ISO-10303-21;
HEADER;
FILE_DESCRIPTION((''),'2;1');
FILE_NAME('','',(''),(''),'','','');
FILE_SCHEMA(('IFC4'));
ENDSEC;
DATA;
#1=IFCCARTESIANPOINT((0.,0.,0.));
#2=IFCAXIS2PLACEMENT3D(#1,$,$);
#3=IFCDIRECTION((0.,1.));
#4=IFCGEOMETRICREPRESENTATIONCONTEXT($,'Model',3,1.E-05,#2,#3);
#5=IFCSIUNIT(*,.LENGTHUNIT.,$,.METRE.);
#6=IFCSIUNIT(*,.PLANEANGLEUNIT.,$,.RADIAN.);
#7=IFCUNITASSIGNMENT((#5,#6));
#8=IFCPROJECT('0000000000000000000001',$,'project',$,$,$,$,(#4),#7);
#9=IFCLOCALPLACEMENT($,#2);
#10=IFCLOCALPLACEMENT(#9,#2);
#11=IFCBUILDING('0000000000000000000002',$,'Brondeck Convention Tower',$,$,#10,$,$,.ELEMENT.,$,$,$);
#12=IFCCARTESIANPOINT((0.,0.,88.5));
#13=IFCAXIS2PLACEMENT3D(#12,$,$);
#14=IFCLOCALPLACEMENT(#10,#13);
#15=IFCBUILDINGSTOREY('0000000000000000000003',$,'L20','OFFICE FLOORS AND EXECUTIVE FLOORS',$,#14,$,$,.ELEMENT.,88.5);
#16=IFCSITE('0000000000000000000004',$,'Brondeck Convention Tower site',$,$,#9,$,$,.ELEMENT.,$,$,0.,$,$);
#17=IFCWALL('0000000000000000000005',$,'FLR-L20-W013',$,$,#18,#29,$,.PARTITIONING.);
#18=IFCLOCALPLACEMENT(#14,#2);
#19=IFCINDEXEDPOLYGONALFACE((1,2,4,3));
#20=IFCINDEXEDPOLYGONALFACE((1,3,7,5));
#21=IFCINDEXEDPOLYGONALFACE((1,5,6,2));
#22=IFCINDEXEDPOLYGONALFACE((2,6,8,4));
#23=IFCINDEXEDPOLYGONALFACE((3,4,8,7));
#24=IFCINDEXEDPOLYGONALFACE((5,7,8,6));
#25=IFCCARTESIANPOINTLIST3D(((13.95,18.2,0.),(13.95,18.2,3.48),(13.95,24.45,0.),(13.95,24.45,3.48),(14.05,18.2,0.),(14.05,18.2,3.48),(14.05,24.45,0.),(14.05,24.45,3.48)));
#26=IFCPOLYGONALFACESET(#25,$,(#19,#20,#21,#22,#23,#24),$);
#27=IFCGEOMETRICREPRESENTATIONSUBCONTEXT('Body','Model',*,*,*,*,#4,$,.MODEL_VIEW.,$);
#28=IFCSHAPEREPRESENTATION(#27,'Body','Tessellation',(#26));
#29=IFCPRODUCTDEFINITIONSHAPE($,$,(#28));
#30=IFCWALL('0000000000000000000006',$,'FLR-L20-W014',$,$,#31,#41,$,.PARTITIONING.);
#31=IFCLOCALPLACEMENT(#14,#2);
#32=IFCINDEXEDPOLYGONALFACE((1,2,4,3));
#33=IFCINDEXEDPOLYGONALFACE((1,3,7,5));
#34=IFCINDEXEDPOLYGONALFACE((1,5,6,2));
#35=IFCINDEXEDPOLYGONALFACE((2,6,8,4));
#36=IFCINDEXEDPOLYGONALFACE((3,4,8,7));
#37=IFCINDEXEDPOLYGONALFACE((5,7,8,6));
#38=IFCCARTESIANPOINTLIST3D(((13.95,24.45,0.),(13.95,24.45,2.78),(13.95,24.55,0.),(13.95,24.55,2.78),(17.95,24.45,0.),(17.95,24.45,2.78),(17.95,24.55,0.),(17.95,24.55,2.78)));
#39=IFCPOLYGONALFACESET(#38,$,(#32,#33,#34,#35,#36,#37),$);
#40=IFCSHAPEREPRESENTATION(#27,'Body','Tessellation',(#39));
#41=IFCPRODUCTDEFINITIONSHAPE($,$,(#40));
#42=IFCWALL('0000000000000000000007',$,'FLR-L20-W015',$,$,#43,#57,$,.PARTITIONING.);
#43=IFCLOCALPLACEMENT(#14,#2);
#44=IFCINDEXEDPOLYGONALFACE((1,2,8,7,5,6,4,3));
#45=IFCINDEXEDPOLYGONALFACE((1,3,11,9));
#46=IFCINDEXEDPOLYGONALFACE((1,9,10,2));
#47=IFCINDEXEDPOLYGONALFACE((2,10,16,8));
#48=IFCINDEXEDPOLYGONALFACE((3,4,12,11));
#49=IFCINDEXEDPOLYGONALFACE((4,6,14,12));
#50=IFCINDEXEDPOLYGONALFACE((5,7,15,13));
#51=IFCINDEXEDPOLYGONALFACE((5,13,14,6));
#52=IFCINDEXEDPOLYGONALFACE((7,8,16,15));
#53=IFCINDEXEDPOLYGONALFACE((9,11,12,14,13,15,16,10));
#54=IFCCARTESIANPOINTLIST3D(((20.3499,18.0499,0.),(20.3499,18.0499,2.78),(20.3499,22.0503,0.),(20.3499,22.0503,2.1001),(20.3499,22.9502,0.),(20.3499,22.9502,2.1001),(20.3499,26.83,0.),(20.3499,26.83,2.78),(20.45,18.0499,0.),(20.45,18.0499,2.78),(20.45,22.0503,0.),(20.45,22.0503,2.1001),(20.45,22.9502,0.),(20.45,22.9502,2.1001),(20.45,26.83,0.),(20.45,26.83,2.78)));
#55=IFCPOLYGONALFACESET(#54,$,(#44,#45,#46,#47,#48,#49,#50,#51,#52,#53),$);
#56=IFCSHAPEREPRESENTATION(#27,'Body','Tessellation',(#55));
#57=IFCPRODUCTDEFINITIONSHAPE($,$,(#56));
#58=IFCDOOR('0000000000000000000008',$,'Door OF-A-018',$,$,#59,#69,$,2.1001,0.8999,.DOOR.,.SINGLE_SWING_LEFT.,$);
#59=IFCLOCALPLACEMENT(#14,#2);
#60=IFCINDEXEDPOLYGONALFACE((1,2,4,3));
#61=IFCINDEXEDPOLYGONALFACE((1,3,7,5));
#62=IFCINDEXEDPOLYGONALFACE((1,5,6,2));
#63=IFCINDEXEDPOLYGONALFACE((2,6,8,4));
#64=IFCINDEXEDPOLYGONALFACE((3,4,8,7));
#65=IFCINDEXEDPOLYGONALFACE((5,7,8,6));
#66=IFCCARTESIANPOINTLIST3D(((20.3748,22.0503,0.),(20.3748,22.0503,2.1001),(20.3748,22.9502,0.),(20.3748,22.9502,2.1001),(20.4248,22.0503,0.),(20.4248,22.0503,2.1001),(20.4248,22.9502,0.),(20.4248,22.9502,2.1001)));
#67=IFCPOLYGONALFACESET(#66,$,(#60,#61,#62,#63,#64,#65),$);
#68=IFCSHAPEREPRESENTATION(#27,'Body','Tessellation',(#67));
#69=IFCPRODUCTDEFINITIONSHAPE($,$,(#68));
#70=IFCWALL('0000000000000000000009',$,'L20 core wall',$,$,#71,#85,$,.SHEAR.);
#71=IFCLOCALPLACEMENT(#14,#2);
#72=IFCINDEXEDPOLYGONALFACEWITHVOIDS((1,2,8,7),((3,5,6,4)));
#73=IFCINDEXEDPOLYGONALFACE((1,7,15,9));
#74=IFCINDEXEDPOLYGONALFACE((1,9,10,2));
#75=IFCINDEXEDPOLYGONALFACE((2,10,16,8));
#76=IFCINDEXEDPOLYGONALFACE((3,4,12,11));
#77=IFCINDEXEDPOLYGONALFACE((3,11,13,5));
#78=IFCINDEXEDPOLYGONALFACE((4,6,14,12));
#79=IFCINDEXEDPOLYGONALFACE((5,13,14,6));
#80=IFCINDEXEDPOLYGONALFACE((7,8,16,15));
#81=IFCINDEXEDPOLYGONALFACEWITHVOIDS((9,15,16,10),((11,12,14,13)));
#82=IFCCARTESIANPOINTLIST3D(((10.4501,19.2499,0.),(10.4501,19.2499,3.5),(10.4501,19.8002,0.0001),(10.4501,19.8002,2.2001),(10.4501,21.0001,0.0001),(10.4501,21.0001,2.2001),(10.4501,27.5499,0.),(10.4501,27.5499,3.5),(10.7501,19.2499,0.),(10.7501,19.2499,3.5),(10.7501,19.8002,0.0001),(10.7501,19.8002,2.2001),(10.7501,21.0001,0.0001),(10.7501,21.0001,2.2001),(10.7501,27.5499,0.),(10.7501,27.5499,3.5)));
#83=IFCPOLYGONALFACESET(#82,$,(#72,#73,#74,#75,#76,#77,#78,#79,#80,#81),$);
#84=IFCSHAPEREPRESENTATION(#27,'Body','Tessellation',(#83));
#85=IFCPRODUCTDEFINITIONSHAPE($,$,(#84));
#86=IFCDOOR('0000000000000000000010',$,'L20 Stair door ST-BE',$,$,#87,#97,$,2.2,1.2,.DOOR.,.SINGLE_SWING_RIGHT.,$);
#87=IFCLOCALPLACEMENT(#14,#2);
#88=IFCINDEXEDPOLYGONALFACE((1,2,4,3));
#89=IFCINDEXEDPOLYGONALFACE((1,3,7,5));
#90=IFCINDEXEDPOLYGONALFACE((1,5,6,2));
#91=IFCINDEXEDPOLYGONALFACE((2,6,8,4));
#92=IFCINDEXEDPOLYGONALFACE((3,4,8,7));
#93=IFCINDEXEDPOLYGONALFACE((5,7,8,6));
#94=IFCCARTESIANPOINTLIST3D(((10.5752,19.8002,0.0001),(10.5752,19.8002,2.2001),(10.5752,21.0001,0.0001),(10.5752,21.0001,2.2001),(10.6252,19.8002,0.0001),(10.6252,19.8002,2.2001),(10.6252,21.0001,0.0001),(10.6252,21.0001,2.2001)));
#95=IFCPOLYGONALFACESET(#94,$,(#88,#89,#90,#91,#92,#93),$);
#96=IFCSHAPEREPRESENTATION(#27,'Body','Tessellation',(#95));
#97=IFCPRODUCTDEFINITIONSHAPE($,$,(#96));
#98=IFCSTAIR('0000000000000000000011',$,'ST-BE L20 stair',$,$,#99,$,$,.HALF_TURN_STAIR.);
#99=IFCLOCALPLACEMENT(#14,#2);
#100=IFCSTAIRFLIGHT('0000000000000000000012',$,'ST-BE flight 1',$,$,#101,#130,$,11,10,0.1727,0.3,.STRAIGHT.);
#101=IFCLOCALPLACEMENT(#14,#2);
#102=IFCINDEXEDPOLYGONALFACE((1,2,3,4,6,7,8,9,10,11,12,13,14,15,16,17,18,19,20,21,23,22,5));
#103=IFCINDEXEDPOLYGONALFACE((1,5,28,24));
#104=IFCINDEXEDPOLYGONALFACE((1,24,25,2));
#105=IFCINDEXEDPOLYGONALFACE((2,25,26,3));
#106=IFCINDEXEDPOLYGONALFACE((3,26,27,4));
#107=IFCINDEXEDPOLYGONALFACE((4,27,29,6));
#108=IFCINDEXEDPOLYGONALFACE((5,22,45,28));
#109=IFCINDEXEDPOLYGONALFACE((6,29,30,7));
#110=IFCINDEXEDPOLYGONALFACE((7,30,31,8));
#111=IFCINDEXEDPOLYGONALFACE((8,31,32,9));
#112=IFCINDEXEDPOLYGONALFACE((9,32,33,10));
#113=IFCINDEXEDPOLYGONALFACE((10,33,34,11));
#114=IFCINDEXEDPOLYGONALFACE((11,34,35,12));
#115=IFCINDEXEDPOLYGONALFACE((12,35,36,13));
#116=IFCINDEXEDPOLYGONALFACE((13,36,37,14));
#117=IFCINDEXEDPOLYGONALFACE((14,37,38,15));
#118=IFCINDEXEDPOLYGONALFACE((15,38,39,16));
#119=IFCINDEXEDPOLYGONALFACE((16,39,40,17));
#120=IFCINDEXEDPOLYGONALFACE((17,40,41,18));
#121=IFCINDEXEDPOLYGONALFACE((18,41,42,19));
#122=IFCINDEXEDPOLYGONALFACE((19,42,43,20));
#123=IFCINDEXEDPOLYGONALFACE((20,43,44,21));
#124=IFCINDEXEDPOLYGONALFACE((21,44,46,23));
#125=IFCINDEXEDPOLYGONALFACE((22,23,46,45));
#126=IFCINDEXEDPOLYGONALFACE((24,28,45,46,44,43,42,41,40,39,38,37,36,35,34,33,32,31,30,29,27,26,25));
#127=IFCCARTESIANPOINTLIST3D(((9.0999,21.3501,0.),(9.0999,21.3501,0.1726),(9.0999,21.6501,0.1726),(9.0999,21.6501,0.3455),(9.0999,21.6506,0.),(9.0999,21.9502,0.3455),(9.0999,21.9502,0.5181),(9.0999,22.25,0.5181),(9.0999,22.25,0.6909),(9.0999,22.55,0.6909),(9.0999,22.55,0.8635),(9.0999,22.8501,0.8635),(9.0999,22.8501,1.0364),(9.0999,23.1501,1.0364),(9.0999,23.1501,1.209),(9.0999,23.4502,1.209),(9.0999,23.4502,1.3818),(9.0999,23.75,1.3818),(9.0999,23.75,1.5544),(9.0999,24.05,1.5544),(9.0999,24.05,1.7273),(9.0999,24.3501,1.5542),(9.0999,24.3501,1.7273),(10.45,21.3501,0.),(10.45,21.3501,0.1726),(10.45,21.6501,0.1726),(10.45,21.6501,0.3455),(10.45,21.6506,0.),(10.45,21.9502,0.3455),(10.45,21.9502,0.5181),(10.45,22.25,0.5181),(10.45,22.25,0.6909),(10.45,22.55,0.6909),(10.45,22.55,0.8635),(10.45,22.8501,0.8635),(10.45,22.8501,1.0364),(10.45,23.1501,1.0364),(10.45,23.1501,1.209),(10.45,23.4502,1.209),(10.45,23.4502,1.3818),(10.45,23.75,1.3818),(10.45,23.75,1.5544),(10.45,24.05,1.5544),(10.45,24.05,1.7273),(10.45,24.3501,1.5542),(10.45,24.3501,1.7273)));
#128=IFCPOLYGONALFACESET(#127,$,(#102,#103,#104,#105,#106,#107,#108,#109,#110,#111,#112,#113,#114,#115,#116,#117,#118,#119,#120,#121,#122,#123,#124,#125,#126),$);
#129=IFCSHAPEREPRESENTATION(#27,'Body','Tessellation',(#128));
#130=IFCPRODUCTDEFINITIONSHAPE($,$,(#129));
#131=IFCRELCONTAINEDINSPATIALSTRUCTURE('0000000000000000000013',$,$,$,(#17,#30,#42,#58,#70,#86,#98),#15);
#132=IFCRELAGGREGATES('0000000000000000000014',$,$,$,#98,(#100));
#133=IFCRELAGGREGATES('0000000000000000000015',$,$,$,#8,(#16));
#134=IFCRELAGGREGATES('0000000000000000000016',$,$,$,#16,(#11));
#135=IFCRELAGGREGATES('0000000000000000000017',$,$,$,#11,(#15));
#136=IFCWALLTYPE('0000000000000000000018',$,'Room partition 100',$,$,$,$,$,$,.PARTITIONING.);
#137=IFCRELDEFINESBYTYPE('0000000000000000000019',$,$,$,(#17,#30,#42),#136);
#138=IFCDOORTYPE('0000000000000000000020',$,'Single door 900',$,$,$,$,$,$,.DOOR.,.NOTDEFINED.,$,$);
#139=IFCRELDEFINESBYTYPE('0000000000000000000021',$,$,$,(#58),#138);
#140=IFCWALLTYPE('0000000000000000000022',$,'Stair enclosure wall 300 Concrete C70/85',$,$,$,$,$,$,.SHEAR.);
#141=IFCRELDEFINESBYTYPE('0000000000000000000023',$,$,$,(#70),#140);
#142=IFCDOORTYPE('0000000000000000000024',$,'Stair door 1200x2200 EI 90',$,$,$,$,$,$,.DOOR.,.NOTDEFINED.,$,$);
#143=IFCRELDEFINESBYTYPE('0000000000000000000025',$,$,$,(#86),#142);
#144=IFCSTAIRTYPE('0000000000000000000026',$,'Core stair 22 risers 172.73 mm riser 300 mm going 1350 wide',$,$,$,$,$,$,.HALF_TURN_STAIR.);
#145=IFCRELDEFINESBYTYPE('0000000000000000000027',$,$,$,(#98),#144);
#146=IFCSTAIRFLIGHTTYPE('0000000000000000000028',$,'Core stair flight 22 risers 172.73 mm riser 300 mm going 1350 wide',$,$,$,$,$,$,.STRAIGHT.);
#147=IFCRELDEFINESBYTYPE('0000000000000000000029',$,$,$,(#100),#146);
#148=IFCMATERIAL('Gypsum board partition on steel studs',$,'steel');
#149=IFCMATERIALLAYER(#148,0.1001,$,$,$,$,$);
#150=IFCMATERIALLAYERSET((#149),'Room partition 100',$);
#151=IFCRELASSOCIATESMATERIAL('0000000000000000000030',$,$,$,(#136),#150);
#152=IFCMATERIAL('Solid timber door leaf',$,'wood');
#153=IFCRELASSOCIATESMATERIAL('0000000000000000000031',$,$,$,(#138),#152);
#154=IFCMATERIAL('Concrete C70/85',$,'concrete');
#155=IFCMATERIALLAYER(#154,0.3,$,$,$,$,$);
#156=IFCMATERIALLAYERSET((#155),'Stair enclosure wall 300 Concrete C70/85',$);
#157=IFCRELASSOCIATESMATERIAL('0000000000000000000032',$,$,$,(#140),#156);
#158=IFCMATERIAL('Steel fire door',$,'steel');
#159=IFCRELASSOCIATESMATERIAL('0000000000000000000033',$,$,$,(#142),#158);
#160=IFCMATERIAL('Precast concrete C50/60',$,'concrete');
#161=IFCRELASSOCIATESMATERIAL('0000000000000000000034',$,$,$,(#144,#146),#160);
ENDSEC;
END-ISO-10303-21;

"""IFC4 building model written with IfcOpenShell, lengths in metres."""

from ifc_helpers import new_model, si_unit, direction, frame, frame_2d, origin, place, context, subcontext, project, spatial, polyline, rectangle, outline, extrude, material, layer, layer_set, type_object, element, fill, aggregate, save


model = new_model("IFC4")

# Units and contexts
model_context = context("Model", 3, precision=1e-05, world=origin(), true_north=direction((0.0, 1.0)))
body_context = subcontext(model_context, "Body", "Model", "MODEL_VIEW")
ifc_project = project(units=[si_unit("LENGTHUNIT", "METRE"), si_unit("PLANEANGLEUNIT", "RADIAN")], contexts=[model_context])

# Site, building, storey
site_placement = place(None, origin())
site = spatial("IfcSite", under=ifc_project, at=site_placement, Name="Brondeck Convention Tower site", CompositionType="ELEMENT", RefElevation=0.0)
building_placement = place(site_placement, origin())
building = spatial("IfcBuilding", under=site, at=building_placement, Name="Brondeck Convention Tower", CompositionType="ELEMENT")
storey_placement = place(building_placement, frame((0.0, 0.0, 88.5)))
storey = spatial("IfcBuildingStorey", under=building, at=storey_placement, Name="L20", Description="OFFICE FLOORS AND EXECUTIVE FLOORS", CompositionType="ELEMENT", Elevation=88.5)

# Shared definitions
ifc_material_1 = material(Name="Concrete C70/85", Category="concrete")

# Shared definitions
ifc_material_2 = material(Name="Gypsum board partition on steel studs", Category="steel")
ifc_layer_1 = layer(ifc_material_2, 0.1001)
ifc_layer_set_1 = layer_set([ifc_layer_1], Name="Room partition 100")
wall_type_1 = type_object("IfcWallType", Name="Room partition 100", PredefinedType="PARTITIONING", material=ifc_layer_set_1)

# Walls
wall_1_placement = place(storey_placement, frame((14.0, 24.45, 0.0), z_axis=(0.0, 0.0, 1.0), x_axis=(0.0, -1.0, 0.0)))
element("IfcWall", 1, at=wall_1_placement, inside=storey, type_object=wall_type_1, Name="FLR-L20-W013", PredefinedType="PARTITIONING", context=body_context, shape_type="SweptSolid", body=[
    extrude(rectangle(XDim=6.25, YDim=0.1001, at=frame_2d((3.125, 0.0))), origin(), (0.0, 0.0, 1.0), 3.48),
])
wall_2_placement = place(storey_placement, frame((17.95, 24.5, 0.0), z_axis=(0.0, 0.0, 1.0), x_axis=(-1.0, 0.0, 0.0)))
element("IfcWall", 2, at=wall_2_placement, inside=storey, type_object=wall_type_1, Name="FLR-L20-W014", PredefinedType="PARTITIONING", context=body_context, shape_type="SweptSolid", body=[
    extrude(rectangle(XDim=4.0, YDim=0.1001, at=frame_2d((2.0, 0.0))), origin(), (0.0, 0.0, 1.0), 2.78),
])

# Walls, openings, doors
wall_3_placement = place(storey_placement, frame((20.3999, 26.8301, 0.0), z_axis=(0.0, 0.0, 1.0), x_axis=(0.0, -1.0, 0.0)))
wall_3 = element("IfcWall", 3, at=wall_3_placement, inside=storey, type_object=wall_type_1, Name="FLR-L20-W015", PredefinedType="PARTITIONING", context=body_context, shape_type="SweptSolid", body=[
    extrude(rectangle(XDim=8.78, YDim=0.1001, at=frame_2d((4.3901, 0.0))), origin(), (0.0, 0.0, 1.0), 2.78),
])
opening_1_placement = place(wall_3_placement, frame((3.8799, 0.0, 0.0)))
opening_1 = element("IfcOpeningElement", 4, at=opening_1_placement, cuts=wall_3, PredefinedType="OPENING", context=body_context, shape_type="SweptSolid", body=[
    extrude(rectangle(XDim=0.8999, YDim=2.1001, at=frame_2d((0.45, 1.05))), frame((0.0, 0.0601, 0.0), z_axis=(0.0, -1.0, 0.0), x_axis=(1.0, 0.0, 0.0)), (0.0, 0.0, 1.0), 0.1201),
])
ifc_material_3 = material(Name="Solid timber door leaf", Category="wood")
door_type_1 = type_object("IfcDoorType", Name="Single door 900", OperationType="NOTDEFINED", PredefinedType="DOOR", material=ifc_material_3)
door_1_placement = place(opening_1_placement, origin())
door_1 = element("IfcDoor", 5, at=door_1_placement, inside=storey, type_object=door_type_1, Name="Door OF-A-018", OperationType="SINGLE_SWING_LEFT", OverallHeight=2.1001, OverallWidth=0.8999, PredefinedType="DOOR", context=body_context, shape_type="SweptSolid", body=[
    extrude(rectangle(XDim=0.8999, YDim=2.1001, at=frame_2d((0.45, 1.05))), frame((0.0, 0.0249, 0.0), z_axis=(0.0, -1.0, 0.0), x_axis=(1.0, 0.0, 0.0)), (0.0, 0.0, 1.0), 0.05),
])
fill(opening_1, door_1)
ifc_layer_2 = layer(ifc_material_1, 0.3)
ifc_layer_set_2 = layer_set([ifc_layer_2], Name="Stair enclosure wall 300 Concrete C70/85")
wall_type_2 = type_object("IfcWallType", Name="Stair enclosure wall 300 Concrete C70/85", PredefinedType="SHEAR", material=ifc_layer_set_2)
wall_4_placement = place(storey_placement, frame((10.6001, 19.25, 0.0), z_axis=(0.0, 0.0, 1.0), x_axis=(0.0, 1.0, 0.0)))
wall_4 = element("IfcWall", 6, at=wall_4_placement, inside=storey, type_object=wall_type_2, Name="L20 core wall", PredefinedType="SHEAR", context=body_context, shape_type="SweptSolid", body=[
    extrude(rectangle(XDim=8.3, YDim=0.3, at=frame_2d((4.1499, 0.0))), origin(), (0.0, 0.0, 1.0), 3.5),
])
opening_2_placement = place(wall_4_placement, frame((0.55, 0.0, 0.0)))
opening_2 = element("IfcOpeningElement", 7, at=opening_2_placement, cuts=wall_4, PredefinedType="OPENING", context=body_context, shape_type="SweptSolid", body=[
    extrude(rectangle(XDim=1.2, YDim=2.2, at=frame_2d((0.6001, 1.1001))), frame((0.0, 0.1599, 0.0), z_axis=(0.0, -1.0, 0.0), x_axis=(1.0, 0.0, 0.0)), (0.0, 0.0, 1.0), 0.3201),
])
ifc_material_4 = material(Name="Steel fire door", Category="steel")
door_type_2 = type_object("IfcDoorType", Name="Stair door 1200x2200 EI 90", OperationType="NOTDEFINED", PredefinedType="DOOR", material=ifc_material_4)
door_2_placement = place(opening_2_placement, origin())
door_2 = element("IfcDoor", 8, at=door_2_placement, inside=storey, type_object=door_type_2, Name="L20 Stair door ST-BE", OperationType="SINGLE_SWING_RIGHT", OverallHeight=2.2, OverallWidth=1.2, PredefinedType="DOOR", context=body_context, shape_type="SweptSolid", body=[
    extrude(rectangle(XDim=1.2, YDim=2.2, at=frame_2d((0.6001, 1.1001))), frame((0.0, 0.0249, 0.0), z_axis=(0.0, -1.0, 0.0), x_axis=(1.0, 0.0, 0.0)), (0.0, 0.0, 1.0), 0.05),
])
fill(opening_2, door_2)

# Stair, stair flight
ifc_material_5 = material(Name="Precast concrete C50/60", Category="concrete")
stair_type = type_object("IfcStairType", Name="Core stair 22 risers 172.73 mm riser 300 mm going 1350 wide", PredefinedType="HALF_TURN_STAIR", material=ifc_material_5)
stair_placement = place(storey_placement, origin())
stair = element("IfcStair", 9, at=stair_placement, inside=storey, type_object=stair_type, Name="ST-BE L20 stair", PredefinedType="HALF_TURN_STAIR")
stair_flight_type = type_object("IfcStairFlightType", Name="Core stair flight 22 risers 172.73 mm riser 300 mm going 1350 wide", PredefinedType="STRAIGHT", material=ifc_material_5)
stair_flight_placement = place(storey_placement, frame((9.7749, 21.3501, 0.0), z_axis=(0.0, 0.0, 1.0), x_axis=(0.0, 1.0, 0.0)))
stair_flight = element("IfcStairFlight", 10, at=stair_flight_placement, type_object=stair_flight_type, Name="ST-BE flight 1", NumberOfRisers=11, NumberOfTreads=10, PredefinedType="STRAIGHT", RiserHeight=0.1727, TreadLength=0.3, context=body_context, shape_type="SweptSolid", body=[
    extrude(outline(polyline([(0.0, 0.0), (0.0, 0.1726), (0.3, 0.1726), (0.3, 0.3455), (0.6001, 0.3455), (0.6001, 0.5181), (0.8999, 0.5181), (0.8999, 0.6909), (1.2, 0.6909), (1.2, 0.8635), (1.5, 0.8635), (1.5, 1.0364), (1.8, 1.0364), (1.8, 1.209), (2.1001, 1.209), (2.1001, 1.3818), (2.3999, 1.3818), (2.3999, 1.5544), (2.7, 1.5544), (2.7, 1.7273), (3.0, 1.7273), (3.0, 1.8999), (3.0, 1.5542), (0.3005, 0.0), (0.0, 0.0)])), frame((0.0, 0.675, 0.0), z_axis=(0.0, -1.0, 0.0), x_axis=(1.0, 0.0, 0.0)), (0.0, 0.0, 1.0), 1.3501),
])
aggregate(stair, [stair_flight])

save(model, "model.ifc")
